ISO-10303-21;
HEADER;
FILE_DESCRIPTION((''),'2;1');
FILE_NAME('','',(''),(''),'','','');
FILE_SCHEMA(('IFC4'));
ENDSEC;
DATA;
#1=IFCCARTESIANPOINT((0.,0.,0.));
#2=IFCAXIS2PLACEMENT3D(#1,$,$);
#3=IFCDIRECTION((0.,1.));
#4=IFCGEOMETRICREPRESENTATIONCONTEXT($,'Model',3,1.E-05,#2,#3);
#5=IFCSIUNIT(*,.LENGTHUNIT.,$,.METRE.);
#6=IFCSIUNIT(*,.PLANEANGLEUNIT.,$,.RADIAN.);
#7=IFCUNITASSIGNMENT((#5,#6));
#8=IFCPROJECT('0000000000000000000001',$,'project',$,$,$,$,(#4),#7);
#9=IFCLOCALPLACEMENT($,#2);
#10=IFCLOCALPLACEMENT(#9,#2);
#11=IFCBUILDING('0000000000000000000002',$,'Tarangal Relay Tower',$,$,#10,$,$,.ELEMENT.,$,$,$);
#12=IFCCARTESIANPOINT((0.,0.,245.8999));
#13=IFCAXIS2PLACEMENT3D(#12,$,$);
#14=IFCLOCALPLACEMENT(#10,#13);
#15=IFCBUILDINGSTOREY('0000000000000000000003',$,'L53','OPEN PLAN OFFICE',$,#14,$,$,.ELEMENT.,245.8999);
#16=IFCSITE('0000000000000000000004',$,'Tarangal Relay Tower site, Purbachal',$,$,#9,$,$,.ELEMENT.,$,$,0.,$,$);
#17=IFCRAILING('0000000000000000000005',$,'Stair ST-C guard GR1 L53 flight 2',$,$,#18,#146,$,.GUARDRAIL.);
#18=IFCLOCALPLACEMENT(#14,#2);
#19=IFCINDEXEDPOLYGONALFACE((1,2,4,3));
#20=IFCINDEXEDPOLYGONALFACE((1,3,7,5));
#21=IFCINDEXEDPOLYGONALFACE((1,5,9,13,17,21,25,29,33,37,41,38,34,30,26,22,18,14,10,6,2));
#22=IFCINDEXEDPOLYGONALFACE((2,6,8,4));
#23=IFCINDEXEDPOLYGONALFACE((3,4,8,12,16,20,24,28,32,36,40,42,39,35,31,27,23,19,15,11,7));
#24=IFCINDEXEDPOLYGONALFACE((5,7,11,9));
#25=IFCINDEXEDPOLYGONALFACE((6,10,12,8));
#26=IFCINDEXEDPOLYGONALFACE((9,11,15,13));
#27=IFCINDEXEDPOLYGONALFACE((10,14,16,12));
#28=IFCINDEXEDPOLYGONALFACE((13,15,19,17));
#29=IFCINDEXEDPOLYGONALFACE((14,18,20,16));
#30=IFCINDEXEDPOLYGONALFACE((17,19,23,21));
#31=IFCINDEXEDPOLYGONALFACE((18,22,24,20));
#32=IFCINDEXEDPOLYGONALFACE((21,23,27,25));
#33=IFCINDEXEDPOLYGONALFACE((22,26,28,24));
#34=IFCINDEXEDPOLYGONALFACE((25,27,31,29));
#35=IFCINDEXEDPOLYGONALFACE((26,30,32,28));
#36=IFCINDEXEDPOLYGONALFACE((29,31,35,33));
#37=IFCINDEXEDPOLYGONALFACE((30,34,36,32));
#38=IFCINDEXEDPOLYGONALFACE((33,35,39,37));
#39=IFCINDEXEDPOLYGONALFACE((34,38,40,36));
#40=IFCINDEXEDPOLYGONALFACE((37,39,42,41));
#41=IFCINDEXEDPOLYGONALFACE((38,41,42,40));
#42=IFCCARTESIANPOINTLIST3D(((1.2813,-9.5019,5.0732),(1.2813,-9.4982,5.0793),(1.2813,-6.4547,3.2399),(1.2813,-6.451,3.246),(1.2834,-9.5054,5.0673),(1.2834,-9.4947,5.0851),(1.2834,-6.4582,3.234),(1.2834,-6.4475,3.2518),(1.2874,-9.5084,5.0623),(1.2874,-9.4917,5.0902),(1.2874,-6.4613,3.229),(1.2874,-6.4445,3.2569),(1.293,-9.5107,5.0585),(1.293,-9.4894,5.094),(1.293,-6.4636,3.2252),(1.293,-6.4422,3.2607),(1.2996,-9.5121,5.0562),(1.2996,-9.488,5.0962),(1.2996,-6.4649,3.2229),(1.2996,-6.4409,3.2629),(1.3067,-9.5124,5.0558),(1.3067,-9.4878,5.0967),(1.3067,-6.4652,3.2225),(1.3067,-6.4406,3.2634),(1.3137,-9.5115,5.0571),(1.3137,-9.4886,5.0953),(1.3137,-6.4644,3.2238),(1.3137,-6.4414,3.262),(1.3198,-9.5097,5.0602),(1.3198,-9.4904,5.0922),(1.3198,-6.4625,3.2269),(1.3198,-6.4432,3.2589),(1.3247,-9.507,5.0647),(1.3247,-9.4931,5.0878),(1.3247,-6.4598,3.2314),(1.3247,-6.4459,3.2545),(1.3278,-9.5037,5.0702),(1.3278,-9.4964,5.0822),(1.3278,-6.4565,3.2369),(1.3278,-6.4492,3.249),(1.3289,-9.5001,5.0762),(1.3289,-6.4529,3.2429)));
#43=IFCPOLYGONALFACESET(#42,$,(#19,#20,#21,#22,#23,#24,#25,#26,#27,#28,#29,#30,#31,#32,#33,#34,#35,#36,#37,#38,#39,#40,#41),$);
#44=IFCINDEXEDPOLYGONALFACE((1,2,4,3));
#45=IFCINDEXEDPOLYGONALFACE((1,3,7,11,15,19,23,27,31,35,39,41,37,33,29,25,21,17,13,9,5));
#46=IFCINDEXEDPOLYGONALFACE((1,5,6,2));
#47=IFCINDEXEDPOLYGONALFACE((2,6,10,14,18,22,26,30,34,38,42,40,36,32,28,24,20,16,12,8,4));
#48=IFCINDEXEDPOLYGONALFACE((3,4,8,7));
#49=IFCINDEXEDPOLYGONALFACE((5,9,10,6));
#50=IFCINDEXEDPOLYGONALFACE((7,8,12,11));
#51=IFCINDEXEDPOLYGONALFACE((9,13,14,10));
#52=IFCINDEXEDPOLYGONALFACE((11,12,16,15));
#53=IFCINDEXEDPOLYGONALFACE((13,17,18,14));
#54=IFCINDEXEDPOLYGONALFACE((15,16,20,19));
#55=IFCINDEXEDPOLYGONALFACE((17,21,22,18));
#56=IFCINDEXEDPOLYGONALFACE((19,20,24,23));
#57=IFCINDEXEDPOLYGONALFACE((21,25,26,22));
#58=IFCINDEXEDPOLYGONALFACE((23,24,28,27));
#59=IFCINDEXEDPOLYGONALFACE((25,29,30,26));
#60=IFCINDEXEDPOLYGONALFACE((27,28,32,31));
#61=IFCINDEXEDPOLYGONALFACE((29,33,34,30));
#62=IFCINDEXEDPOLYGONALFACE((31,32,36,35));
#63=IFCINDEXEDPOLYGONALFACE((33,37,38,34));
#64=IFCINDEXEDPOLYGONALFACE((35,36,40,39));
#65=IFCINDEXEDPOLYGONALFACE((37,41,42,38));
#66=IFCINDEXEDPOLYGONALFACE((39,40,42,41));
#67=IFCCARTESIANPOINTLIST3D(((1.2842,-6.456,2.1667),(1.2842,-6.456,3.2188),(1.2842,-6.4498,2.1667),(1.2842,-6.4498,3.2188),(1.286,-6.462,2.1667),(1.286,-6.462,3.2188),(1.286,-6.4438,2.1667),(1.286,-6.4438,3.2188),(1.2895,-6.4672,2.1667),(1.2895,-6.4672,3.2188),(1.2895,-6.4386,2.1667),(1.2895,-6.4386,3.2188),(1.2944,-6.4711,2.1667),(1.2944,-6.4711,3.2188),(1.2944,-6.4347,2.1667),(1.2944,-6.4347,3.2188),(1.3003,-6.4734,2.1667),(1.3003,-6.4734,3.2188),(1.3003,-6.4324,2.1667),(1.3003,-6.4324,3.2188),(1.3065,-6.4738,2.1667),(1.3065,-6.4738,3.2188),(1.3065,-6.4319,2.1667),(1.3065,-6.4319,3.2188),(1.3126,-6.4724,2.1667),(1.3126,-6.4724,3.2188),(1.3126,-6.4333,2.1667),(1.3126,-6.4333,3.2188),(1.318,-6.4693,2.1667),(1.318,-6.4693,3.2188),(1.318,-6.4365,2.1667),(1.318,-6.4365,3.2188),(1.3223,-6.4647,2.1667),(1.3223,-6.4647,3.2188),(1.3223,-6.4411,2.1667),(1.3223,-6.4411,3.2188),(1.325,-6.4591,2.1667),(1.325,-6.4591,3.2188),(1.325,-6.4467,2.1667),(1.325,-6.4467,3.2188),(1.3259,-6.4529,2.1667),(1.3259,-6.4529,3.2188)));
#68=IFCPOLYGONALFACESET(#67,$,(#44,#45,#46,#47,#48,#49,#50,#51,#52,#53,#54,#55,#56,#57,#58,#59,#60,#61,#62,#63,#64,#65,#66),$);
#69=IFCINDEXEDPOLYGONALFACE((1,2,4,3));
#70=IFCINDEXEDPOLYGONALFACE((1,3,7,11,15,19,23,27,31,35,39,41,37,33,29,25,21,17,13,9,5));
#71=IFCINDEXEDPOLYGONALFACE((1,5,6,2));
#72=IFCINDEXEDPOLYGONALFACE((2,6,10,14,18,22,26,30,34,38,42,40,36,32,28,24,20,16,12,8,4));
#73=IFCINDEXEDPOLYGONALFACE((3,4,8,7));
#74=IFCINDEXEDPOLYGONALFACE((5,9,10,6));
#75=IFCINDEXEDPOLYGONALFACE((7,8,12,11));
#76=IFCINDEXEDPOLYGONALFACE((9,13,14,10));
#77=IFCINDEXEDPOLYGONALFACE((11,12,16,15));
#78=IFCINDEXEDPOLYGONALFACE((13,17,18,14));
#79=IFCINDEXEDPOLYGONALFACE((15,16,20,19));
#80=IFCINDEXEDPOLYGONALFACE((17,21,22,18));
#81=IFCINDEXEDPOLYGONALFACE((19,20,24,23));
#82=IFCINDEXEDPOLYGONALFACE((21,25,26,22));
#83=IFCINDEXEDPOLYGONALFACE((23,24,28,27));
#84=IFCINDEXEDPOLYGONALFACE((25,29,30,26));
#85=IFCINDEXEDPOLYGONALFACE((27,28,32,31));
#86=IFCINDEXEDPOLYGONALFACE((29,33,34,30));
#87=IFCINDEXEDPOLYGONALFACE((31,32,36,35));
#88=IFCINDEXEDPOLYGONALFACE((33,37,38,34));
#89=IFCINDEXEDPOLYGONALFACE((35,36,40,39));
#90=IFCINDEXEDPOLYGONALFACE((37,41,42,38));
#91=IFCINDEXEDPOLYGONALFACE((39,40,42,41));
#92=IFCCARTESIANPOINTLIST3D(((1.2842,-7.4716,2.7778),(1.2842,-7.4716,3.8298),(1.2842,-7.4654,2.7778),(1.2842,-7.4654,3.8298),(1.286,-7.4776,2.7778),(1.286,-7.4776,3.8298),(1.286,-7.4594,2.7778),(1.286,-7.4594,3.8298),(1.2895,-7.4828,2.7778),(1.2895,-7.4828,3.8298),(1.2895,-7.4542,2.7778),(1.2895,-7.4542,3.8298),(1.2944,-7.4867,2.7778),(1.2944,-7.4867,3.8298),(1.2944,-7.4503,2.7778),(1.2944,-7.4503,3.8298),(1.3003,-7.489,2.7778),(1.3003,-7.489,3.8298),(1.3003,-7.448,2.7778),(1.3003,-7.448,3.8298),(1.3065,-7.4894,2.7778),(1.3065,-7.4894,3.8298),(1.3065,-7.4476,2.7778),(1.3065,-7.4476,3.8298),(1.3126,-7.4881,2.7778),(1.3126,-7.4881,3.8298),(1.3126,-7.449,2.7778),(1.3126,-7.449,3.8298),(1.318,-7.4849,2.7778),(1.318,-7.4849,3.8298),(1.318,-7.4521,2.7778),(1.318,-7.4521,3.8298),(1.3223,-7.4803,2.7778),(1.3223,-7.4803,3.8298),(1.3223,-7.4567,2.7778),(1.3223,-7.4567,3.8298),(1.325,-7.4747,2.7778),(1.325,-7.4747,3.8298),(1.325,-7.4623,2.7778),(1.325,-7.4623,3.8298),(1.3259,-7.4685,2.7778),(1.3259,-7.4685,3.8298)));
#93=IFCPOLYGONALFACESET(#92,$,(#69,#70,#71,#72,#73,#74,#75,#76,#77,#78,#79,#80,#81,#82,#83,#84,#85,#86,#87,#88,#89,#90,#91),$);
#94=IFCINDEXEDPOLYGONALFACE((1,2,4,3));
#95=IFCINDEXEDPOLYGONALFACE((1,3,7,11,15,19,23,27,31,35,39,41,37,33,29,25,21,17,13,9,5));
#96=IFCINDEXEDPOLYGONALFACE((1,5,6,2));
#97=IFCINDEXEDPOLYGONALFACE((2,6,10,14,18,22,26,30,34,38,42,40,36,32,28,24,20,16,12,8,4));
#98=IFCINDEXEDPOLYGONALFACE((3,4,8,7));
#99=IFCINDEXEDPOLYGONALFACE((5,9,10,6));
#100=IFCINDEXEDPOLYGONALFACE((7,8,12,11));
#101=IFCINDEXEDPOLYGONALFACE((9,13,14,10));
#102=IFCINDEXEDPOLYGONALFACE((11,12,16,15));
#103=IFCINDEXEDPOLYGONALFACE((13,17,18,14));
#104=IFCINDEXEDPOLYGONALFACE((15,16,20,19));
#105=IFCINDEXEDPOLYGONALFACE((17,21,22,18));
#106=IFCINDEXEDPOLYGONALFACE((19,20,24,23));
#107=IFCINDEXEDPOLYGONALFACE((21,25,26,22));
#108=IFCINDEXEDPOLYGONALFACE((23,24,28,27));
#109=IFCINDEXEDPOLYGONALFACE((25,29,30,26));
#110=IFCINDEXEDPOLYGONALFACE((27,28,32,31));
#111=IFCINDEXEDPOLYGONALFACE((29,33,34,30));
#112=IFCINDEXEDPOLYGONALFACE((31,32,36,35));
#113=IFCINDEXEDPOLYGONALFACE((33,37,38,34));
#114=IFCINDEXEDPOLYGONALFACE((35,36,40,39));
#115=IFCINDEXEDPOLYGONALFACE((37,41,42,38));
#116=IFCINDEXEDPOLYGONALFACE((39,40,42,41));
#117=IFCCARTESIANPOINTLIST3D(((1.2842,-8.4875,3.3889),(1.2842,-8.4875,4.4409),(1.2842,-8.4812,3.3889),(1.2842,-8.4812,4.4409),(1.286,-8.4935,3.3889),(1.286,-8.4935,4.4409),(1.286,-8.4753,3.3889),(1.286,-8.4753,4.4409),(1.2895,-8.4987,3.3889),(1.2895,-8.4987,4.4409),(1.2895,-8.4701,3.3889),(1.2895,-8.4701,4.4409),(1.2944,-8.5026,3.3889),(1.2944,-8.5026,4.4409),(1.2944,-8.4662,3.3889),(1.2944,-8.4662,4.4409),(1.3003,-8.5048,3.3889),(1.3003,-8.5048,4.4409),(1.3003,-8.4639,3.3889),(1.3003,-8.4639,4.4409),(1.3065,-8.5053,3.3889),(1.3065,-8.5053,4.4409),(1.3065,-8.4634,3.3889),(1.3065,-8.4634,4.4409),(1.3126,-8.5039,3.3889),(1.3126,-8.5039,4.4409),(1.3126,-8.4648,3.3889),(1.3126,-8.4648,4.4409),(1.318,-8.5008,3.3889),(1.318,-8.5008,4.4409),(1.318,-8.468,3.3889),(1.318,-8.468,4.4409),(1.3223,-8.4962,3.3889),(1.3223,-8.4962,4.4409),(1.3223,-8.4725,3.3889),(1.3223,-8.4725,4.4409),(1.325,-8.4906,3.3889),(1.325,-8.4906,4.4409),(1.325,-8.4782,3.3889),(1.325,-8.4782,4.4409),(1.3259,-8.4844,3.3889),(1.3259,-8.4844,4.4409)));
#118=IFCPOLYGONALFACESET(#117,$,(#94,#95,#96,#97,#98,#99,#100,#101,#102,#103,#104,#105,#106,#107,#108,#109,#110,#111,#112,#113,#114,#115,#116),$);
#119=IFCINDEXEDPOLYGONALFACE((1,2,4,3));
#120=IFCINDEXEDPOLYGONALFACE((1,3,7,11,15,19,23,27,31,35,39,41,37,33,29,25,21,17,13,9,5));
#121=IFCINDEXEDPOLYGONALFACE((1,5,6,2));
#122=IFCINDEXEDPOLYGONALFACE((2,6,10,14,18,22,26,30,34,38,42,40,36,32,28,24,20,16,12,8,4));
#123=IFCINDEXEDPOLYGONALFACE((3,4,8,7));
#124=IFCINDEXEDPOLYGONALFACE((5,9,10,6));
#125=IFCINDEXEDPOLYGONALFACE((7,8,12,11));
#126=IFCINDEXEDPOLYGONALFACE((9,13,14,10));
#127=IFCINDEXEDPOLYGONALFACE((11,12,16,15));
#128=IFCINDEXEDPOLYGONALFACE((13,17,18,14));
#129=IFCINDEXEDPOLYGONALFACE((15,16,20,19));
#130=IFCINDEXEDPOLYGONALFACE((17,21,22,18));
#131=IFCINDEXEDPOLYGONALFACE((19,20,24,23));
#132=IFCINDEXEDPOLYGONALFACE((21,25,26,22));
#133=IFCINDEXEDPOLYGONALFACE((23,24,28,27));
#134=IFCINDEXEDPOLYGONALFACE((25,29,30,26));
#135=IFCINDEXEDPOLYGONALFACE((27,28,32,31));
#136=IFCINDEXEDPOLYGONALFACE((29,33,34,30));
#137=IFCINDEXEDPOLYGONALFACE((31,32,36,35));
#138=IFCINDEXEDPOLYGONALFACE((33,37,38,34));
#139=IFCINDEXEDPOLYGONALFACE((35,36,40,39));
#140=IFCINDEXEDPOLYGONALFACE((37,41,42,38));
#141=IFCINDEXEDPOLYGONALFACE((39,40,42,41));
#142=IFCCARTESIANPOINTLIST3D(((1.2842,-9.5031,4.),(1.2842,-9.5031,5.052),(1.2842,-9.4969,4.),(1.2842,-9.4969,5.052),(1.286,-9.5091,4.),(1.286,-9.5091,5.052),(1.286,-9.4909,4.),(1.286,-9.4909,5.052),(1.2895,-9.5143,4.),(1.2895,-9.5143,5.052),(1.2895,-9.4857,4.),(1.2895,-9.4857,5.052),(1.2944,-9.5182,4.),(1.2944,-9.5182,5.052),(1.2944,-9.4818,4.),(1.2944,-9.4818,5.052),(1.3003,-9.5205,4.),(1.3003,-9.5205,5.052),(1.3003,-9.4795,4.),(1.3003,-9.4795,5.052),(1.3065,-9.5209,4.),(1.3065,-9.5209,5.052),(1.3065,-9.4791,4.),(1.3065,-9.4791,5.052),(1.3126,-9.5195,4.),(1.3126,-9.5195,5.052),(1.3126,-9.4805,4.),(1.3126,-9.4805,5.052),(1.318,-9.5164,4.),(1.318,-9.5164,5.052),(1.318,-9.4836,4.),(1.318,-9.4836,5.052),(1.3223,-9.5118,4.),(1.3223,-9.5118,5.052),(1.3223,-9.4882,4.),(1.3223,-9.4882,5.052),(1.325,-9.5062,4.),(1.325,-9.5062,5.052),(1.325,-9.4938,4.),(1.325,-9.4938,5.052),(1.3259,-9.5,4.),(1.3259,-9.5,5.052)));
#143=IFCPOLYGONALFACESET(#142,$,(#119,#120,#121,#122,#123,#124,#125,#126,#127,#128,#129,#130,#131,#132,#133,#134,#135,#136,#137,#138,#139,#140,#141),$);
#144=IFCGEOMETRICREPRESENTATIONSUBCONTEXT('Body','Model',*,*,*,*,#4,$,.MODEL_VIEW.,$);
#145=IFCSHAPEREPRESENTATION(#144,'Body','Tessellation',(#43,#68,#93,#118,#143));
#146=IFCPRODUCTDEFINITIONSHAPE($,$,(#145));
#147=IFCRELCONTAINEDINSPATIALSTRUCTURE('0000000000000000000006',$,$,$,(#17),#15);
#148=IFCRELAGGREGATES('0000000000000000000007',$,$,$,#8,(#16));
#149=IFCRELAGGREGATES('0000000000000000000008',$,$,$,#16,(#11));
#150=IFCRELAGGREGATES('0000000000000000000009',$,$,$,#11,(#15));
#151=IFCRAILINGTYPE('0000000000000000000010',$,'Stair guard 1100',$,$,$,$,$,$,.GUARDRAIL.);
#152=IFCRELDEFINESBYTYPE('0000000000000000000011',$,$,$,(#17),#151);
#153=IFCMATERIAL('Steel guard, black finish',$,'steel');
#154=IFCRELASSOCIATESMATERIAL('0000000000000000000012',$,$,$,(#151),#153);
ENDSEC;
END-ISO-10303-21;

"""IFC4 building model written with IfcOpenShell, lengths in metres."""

from ifc_helpers import new_model, si_unit, direction, frame, origin, origin_2d, place, context, subcontext, project, spatial, circle, extrude, material, type_object, element, save


model = new_model("IFC4")

# Units and contexts
model_context = context("Model", 3, precision=1e-05, world=origin(), true_north=direction((0.0, 1.0)))
body_context = subcontext(model_context, "Body", "Model", "MODEL_VIEW")
ifc_project = project(units=[si_unit("LENGTHUNIT", "METRE"), si_unit("PLANEANGLEUNIT", "RADIAN")], contexts=[model_context])

# Site, building, storey
site_placement = place(None, origin())
site = spatial("IfcSite", under=ifc_project, at=site_placement, Name="Tarangal Relay Tower site, Purbachal", CompositionType="ELEMENT", RefElevation=0.0)
building_placement = place(site_placement, origin())
building = spatial("IfcBuilding", under=site, at=building_placement, Name="Tarangal Relay Tower", CompositionType="ELEMENT")
storey_placement = place(building_placement, frame((0.0, 0.0, 245.8999)))
storey = spatial("IfcBuildingStorey", under=building, at=storey_placement, Name="L53", Description="OPEN PLAN OFFICE", CompositionType="ELEMENT", Elevation=245.8999)

# Railing
ifc_material_1 = material(Name="Steel guard, black finish", Category="steel")
railing_type_1 = type_object("IfcRailingType", Name="Stair guard 1100", PredefinedType="GUARDRAIL", material=ifc_material_1)
railing_1_placement = place(storey_placement, frame((1.3049, -6.4529, 2.1667)))
element("IfcRailing", 1, at=railing_1_placement, inside=storey, type_object=railing_type_1, Name="Stair ST-C guard GR1 L53 flight 2", PredefinedType="GUARDRAIL", context=body_context, shape_type="SweptSolid", body=[
    extrude(circle(Radius=0.0239, at=origin_2d()), frame((0.0, 0.0, 1.0762), z_axis=(0.0, -0.856874, 0.515525), x_axis=(1.0, 0.0, 0.0)), (0.0, 0.0, 1.0), 3.5562),
    extrude(circle(Radius=0.021, at=origin_2d()), origin(), (0.0, 0.0, 1.0), 1.052),
    extrude(circle(Radius=0.021, at=origin_2d()), frame((0.0, -1.0156, 0.6111)), (0.0, 0.0, 1.0), 1.052),
    extrude(circle(Radius=0.021, at=origin_2d()), frame((0.0, -2.0315, 1.2222)), (0.0, 0.0, 1.0), 1.052),
    extrude(circle(Radius=0.021, at=origin_2d()), frame((0.0, -3.0471, 1.8333)), (0.0, 0.0, 1.0), 1.052),
])

save(model, "model.ifc")
